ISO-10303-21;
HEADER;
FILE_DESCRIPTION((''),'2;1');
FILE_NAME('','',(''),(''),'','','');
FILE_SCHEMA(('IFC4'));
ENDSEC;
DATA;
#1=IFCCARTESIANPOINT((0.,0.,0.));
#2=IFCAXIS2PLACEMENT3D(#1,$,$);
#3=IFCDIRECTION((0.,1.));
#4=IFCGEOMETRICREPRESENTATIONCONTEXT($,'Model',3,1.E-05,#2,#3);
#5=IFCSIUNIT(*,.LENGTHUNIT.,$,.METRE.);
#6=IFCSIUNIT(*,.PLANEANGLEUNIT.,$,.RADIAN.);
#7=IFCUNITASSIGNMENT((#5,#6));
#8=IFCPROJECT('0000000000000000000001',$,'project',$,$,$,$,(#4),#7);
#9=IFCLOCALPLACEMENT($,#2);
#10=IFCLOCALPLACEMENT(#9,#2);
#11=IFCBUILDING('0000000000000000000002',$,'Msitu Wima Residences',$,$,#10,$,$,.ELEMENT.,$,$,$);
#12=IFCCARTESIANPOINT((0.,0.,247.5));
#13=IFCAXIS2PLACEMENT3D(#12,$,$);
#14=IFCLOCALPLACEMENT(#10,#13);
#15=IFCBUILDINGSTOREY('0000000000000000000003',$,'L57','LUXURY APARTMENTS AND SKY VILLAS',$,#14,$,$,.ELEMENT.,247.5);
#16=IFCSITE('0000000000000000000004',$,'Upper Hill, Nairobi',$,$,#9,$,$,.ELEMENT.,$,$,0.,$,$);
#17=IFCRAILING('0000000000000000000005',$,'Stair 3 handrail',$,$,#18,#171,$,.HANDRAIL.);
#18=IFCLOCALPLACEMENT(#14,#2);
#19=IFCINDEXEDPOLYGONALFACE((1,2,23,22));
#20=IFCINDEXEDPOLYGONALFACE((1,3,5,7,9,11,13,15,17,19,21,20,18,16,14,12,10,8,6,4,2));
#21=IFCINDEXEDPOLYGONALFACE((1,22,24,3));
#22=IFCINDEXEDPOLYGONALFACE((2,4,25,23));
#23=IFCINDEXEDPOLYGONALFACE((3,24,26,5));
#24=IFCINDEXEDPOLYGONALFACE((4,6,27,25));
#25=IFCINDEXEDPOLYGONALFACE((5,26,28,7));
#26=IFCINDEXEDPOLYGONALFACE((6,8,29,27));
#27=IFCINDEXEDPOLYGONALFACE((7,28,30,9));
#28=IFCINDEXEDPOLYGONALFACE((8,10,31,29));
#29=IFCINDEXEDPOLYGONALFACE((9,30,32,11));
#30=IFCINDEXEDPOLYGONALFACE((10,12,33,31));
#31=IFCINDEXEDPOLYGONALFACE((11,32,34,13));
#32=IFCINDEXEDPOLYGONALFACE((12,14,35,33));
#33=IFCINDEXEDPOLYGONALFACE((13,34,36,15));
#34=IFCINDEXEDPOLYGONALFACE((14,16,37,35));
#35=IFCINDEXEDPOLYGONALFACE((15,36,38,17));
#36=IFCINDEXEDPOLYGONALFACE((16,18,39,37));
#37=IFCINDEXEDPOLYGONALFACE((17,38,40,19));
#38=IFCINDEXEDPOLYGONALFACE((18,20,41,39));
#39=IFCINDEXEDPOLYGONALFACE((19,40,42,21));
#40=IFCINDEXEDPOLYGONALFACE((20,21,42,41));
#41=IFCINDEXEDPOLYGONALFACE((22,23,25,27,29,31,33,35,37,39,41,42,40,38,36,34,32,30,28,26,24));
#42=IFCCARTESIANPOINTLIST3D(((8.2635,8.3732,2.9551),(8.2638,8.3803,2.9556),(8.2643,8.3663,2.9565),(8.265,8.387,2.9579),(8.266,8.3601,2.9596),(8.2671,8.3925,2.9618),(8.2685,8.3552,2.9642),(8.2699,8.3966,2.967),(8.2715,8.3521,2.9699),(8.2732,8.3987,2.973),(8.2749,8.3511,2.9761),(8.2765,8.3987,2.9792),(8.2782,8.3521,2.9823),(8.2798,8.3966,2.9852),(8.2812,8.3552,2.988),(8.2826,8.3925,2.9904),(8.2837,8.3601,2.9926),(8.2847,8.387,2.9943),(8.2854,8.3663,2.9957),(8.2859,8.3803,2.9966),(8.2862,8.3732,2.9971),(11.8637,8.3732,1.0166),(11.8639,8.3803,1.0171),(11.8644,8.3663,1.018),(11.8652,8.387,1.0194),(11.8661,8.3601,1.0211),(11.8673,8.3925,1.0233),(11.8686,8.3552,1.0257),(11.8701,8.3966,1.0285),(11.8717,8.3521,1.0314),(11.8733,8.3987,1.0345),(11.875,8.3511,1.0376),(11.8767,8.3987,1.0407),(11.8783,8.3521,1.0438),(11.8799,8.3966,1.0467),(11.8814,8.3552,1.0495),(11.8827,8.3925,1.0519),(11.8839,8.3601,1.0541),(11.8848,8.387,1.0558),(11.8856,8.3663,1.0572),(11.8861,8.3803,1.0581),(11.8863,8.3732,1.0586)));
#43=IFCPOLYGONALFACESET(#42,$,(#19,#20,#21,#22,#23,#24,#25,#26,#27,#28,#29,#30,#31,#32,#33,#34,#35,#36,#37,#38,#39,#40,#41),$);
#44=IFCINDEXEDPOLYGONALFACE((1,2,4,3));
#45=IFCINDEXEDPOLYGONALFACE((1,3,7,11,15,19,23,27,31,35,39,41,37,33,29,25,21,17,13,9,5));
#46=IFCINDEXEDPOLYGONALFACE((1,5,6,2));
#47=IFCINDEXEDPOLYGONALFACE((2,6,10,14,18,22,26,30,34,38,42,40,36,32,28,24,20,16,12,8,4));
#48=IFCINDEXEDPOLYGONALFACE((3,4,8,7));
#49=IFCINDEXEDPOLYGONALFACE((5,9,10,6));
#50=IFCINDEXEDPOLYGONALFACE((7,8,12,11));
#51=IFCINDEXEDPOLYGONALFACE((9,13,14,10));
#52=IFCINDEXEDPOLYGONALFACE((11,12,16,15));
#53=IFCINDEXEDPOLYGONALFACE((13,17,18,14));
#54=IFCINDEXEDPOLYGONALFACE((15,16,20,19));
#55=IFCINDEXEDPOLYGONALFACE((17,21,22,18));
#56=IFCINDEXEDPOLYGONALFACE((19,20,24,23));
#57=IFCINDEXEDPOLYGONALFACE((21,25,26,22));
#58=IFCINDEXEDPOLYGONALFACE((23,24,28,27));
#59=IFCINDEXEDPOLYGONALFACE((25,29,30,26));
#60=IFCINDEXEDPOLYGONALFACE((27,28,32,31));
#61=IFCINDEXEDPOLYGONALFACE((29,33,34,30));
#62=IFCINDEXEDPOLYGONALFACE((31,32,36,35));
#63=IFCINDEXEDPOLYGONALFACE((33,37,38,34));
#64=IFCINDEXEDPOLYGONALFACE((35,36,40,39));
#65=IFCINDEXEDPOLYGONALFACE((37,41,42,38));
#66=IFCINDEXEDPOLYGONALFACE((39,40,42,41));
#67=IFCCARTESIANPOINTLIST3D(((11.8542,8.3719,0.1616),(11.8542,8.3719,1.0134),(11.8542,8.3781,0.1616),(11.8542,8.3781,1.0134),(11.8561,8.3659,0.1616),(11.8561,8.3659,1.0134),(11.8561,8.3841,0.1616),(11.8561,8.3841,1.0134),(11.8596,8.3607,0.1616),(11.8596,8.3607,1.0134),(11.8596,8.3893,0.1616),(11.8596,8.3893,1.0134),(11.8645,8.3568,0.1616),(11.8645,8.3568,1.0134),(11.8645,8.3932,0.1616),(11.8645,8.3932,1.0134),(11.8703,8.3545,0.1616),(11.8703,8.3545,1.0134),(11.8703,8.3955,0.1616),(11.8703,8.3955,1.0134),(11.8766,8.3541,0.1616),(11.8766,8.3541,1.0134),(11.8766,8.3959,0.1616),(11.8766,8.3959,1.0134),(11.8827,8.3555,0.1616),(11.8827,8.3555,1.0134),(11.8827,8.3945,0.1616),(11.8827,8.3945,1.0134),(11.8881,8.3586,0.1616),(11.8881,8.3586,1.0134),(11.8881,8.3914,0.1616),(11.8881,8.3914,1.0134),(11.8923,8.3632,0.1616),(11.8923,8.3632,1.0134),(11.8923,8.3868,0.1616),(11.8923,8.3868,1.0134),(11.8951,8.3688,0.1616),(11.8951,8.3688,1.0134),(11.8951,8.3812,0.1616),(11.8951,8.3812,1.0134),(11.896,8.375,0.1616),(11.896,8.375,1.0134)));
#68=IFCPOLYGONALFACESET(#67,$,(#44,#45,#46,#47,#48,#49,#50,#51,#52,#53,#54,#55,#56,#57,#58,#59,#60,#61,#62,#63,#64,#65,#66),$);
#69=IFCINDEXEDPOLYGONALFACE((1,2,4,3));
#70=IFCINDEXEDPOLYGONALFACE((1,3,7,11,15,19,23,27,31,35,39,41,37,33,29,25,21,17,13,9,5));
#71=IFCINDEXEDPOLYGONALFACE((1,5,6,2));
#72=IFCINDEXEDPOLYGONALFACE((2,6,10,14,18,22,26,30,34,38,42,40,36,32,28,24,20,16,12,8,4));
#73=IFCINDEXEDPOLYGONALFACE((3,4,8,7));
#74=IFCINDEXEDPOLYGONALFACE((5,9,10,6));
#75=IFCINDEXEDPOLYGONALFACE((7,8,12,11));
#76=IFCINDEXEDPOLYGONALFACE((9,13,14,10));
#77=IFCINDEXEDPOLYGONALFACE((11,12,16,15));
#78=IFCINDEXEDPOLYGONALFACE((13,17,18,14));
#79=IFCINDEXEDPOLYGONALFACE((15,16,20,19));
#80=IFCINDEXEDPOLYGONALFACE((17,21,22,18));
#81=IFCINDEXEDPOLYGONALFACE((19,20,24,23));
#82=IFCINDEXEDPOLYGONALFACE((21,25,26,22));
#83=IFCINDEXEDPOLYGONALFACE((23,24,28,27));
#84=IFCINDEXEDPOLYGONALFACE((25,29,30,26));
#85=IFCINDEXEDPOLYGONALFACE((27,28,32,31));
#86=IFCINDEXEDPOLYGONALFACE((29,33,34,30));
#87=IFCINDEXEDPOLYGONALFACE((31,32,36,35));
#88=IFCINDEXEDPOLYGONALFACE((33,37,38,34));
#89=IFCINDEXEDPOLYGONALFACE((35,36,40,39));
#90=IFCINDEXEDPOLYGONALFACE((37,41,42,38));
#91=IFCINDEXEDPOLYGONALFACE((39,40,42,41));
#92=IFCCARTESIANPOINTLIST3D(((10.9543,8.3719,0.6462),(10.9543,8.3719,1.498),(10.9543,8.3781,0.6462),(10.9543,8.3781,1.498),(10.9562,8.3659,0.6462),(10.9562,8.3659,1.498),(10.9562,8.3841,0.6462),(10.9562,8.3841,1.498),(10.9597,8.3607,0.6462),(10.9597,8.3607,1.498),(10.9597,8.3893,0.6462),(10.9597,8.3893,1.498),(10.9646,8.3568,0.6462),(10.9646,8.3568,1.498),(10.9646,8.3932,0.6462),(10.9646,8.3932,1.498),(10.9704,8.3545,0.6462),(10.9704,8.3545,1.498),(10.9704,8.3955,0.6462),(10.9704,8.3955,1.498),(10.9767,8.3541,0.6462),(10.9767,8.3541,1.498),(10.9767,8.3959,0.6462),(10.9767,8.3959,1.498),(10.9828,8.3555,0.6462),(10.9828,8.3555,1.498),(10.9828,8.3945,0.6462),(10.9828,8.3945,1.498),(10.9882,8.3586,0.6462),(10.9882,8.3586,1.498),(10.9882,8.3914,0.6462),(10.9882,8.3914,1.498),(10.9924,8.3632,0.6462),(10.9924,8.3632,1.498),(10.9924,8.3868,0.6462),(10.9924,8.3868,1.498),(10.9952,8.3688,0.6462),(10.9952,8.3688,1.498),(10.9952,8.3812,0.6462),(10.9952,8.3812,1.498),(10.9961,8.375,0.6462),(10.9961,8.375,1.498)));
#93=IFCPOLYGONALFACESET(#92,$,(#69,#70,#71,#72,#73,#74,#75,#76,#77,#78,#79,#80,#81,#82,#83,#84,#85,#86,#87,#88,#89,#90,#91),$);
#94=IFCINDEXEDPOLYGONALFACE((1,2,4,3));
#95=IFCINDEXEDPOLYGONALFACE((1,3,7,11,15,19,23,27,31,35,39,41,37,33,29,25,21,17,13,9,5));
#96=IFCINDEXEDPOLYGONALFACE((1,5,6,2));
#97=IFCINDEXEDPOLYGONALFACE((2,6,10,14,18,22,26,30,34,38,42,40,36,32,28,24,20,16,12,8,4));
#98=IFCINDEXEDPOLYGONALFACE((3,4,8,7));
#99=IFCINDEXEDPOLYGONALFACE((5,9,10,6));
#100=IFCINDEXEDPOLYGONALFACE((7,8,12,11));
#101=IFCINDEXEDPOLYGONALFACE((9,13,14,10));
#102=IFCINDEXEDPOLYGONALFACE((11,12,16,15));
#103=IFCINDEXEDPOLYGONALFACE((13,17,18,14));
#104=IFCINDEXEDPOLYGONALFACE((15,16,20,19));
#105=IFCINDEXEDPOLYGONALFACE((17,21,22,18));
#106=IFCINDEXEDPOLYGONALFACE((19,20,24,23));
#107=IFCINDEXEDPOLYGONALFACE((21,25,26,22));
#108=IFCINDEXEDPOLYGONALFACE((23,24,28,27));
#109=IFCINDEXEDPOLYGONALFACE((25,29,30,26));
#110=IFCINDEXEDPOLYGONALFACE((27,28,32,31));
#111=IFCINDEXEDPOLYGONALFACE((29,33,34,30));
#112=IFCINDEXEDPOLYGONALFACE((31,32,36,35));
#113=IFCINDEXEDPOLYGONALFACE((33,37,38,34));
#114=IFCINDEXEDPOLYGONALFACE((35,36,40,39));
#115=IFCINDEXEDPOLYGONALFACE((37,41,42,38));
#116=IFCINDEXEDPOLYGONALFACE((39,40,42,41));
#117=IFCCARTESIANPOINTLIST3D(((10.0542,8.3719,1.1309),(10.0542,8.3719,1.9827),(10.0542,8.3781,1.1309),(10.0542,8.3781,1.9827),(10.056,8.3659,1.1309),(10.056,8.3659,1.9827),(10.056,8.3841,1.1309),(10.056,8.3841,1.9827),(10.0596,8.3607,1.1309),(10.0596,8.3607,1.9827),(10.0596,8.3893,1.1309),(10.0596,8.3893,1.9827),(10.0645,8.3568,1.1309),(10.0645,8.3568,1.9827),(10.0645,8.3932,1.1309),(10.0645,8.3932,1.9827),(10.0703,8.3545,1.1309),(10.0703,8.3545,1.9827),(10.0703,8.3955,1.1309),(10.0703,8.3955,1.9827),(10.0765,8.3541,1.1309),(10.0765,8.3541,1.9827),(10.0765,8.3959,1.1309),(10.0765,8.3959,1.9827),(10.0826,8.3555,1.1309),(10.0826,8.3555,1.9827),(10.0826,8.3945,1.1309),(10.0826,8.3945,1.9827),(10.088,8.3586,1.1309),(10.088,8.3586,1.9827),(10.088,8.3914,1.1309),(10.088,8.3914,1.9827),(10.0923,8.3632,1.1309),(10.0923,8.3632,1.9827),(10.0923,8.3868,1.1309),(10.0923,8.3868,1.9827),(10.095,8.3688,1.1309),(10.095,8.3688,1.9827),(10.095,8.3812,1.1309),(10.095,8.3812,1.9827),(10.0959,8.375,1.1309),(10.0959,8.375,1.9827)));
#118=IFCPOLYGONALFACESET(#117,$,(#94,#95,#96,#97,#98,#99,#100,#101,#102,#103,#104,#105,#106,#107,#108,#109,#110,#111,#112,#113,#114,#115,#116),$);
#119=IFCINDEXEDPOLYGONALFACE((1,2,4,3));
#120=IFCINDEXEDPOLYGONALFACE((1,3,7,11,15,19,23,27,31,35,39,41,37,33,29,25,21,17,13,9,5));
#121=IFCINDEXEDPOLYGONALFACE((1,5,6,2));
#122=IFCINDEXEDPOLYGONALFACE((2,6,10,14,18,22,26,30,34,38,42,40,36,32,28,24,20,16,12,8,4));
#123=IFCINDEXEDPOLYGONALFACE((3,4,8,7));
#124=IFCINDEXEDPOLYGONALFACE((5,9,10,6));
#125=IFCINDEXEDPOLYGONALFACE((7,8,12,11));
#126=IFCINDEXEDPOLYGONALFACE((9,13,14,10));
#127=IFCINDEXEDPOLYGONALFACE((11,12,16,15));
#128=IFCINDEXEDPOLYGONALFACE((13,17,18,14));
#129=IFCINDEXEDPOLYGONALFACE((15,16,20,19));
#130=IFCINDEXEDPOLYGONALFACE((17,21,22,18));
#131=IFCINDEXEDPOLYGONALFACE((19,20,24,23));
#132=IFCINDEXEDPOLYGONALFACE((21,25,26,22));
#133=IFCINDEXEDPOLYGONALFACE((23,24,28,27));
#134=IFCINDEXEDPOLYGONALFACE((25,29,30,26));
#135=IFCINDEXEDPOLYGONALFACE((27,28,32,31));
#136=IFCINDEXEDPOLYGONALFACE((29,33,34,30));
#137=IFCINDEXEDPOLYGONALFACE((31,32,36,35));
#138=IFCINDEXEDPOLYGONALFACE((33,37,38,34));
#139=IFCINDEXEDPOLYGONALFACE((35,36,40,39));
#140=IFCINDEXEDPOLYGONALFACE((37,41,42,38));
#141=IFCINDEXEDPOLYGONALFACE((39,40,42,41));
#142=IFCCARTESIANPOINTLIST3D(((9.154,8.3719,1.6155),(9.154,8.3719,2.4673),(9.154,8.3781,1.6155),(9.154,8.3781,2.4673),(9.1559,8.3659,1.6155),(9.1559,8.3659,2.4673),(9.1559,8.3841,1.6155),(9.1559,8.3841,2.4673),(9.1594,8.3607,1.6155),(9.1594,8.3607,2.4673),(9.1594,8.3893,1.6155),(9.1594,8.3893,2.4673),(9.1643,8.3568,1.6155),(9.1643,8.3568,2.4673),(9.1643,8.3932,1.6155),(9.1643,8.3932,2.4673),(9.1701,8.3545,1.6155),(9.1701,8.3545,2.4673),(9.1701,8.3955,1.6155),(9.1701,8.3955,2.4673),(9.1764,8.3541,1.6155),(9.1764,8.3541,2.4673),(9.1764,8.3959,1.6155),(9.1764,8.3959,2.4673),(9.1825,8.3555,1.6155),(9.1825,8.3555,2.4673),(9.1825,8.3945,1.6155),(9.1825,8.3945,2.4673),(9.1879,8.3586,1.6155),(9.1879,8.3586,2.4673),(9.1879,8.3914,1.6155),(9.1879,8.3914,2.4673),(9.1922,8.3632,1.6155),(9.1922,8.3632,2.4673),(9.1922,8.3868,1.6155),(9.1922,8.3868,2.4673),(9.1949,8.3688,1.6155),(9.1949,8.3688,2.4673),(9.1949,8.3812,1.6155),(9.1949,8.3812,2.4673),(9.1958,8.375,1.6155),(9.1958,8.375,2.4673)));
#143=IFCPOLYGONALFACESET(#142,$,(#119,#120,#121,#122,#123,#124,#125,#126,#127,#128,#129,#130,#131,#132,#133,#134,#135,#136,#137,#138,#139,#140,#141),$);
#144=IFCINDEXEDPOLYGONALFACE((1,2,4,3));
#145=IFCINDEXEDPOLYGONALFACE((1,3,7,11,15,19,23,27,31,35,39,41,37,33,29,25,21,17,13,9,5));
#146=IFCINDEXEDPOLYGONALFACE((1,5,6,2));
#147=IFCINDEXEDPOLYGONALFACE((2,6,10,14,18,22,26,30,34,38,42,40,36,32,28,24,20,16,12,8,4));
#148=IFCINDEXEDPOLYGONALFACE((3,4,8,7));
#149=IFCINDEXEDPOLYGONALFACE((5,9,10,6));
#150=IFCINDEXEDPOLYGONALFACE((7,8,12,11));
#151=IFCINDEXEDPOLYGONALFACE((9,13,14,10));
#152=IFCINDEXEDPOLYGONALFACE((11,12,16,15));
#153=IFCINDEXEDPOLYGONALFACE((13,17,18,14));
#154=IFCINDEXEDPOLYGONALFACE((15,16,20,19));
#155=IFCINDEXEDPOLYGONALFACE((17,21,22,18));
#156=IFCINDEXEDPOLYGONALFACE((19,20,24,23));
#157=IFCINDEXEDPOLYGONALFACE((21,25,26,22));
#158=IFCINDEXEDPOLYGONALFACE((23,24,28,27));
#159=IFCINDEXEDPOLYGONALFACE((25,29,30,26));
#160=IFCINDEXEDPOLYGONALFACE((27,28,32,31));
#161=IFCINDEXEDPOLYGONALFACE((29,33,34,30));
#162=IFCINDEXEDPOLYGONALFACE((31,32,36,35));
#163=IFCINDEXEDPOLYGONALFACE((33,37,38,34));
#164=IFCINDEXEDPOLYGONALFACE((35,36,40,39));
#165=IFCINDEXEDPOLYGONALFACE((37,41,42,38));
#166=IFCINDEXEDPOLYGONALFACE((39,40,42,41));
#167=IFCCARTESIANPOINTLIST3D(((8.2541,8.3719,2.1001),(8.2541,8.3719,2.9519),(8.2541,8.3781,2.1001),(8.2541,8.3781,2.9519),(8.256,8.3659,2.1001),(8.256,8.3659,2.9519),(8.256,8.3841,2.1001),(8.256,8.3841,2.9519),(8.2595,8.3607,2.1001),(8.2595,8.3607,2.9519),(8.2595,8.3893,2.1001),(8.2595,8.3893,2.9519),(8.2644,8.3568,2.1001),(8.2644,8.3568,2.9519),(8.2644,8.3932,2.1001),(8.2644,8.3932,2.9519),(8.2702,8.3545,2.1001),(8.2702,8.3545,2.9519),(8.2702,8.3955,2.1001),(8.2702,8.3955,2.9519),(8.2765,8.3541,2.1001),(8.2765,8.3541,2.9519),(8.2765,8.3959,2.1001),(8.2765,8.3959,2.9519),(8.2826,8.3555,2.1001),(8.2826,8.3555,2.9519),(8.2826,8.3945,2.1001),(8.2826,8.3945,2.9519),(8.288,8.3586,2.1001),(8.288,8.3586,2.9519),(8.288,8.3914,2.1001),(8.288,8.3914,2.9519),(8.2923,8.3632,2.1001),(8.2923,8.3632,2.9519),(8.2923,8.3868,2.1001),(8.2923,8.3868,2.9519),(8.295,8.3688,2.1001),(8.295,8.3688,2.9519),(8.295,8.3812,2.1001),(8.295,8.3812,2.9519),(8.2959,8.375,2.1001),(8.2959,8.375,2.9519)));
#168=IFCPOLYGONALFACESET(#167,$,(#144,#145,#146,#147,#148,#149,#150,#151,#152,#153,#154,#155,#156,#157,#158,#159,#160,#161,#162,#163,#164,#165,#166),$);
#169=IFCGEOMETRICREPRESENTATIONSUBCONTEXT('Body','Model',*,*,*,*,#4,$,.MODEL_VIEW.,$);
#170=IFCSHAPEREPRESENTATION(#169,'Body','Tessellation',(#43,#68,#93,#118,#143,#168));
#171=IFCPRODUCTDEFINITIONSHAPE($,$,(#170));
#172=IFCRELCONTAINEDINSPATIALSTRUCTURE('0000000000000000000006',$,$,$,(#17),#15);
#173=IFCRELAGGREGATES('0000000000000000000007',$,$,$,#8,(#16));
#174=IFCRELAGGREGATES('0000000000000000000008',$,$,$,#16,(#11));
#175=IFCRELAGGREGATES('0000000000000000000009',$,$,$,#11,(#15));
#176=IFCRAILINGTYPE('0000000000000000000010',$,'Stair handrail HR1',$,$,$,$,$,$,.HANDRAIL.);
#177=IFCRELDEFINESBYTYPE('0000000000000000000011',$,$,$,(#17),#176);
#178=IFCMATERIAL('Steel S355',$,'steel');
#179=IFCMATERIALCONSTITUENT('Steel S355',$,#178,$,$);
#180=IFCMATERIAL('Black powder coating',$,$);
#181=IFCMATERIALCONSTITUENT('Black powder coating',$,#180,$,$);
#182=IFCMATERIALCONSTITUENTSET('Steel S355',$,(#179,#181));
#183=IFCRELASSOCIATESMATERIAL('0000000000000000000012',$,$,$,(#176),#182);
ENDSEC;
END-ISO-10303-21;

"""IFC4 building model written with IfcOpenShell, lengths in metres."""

from ifc_helpers import new_model, si_unit, direction, frame, origin, origin_2d, place, context, subcontext, project, spatial, circle, extrude, material, constituent, constituent_set, type_object, element, save


model = new_model("IFC4")

# Units and contexts
model_context = context("Model", 3, precision=1e-05, world=origin(), true_north=direction((0.0, 1.0)))
body_context = subcontext(model_context, "Body", "Model", "MODEL_VIEW")
ifc_project = project(units=[si_unit("LENGTHUNIT", "METRE"), si_unit("PLANEANGLEUNIT", "RADIAN")], contexts=[model_context])

# Site, building, storey
site_placement = place(None, origin())
site = spatial("IfcSite", under=ifc_project, at=site_placement, Name="Upper Hill, Nairobi", CompositionType="ELEMENT", RefElevation=0.0)
building_placement = place(site_placement, origin())
building = spatial("IfcBuilding", under=site, at=building_placement, Name="Msitu Wima Residences", CompositionType="ELEMENT")
storey_placement = place(building_placement, frame((0.0, 0.0, 247.5)))
storey = spatial("IfcBuildingStorey", under=building, at=storey_placement, Name="L57", Description="LUXURY APARTMENTS AND SKY VILLAS", CompositionType="ELEMENT", Elevation=247.5)

# Railing
ifc_material_1 = material(Name="Steel S355", Category="steel")
ifc_constituent_1 = constituent(ifc_material_1, Name="Steel S355")
ifc_material_2 = material(Name="Black powder coating")
ifc_constituent_2 = constituent(ifc_material_2, Name="Black powder coating")
ifc_constituent_set_1 = constituent_set(constituents=[ifc_constituent_1, ifc_constituent_2], Name="Steel S355")
railing_type_1 = type_object("IfcRailingType", Name="Stair handrail HR1", PredefinedType="HANDRAIL", material=ifc_constituent_set_1)
for number, where, name in (
    (1, (11.875, 8.375, 0.1616), "Stair 3 handrail"),
):
    element("IfcRailing", number, at=place(storey_placement, frame(where)), inside=storey, type_object=railing_type_1, Name=name, PredefinedType="HANDRAIL", context=body_context, shape_type="SweptSolid", body=[
        extrude(circle(Radius=0.0239, at=origin_2d()), frame((0.0, 0.0, 0.876), z_axis=(-0.880475, 0.0, 0.474093), x_axis=(0.0, -1.0, 0.0)), (0.0, 0.0, 1.0), 4.0889),
        extrude(circle(Radius=0.021, at=origin_2d()), origin(), (0.0, 0.0, 1.0), 0.8518),
        extrude(circle(Radius=0.021, at=origin_2d()), frame((-0.8999, 0.0, 0.4846)), (0.0, 0.0, 1.0), 0.8518),
        extrude(circle(Radius=0.021, at=origin_2d()), frame((-1.8, 0.0, 0.9692)), (0.0, 0.0, 1.0), 0.8518),
        extrude(circle(Radius=0.021, at=origin_2d()), frame((-2.7002, 0.0, 1.4539)), (0.0, 0.0, 1.0), 0.8518),
        extrude(circle(Radius=0.021, at=origin_2d()), frame((-3.6001, 0.0, 1.9385)), (0.0, 0.0, 1.0), 0.8518),
    ])

save(model, "model.ifc")
